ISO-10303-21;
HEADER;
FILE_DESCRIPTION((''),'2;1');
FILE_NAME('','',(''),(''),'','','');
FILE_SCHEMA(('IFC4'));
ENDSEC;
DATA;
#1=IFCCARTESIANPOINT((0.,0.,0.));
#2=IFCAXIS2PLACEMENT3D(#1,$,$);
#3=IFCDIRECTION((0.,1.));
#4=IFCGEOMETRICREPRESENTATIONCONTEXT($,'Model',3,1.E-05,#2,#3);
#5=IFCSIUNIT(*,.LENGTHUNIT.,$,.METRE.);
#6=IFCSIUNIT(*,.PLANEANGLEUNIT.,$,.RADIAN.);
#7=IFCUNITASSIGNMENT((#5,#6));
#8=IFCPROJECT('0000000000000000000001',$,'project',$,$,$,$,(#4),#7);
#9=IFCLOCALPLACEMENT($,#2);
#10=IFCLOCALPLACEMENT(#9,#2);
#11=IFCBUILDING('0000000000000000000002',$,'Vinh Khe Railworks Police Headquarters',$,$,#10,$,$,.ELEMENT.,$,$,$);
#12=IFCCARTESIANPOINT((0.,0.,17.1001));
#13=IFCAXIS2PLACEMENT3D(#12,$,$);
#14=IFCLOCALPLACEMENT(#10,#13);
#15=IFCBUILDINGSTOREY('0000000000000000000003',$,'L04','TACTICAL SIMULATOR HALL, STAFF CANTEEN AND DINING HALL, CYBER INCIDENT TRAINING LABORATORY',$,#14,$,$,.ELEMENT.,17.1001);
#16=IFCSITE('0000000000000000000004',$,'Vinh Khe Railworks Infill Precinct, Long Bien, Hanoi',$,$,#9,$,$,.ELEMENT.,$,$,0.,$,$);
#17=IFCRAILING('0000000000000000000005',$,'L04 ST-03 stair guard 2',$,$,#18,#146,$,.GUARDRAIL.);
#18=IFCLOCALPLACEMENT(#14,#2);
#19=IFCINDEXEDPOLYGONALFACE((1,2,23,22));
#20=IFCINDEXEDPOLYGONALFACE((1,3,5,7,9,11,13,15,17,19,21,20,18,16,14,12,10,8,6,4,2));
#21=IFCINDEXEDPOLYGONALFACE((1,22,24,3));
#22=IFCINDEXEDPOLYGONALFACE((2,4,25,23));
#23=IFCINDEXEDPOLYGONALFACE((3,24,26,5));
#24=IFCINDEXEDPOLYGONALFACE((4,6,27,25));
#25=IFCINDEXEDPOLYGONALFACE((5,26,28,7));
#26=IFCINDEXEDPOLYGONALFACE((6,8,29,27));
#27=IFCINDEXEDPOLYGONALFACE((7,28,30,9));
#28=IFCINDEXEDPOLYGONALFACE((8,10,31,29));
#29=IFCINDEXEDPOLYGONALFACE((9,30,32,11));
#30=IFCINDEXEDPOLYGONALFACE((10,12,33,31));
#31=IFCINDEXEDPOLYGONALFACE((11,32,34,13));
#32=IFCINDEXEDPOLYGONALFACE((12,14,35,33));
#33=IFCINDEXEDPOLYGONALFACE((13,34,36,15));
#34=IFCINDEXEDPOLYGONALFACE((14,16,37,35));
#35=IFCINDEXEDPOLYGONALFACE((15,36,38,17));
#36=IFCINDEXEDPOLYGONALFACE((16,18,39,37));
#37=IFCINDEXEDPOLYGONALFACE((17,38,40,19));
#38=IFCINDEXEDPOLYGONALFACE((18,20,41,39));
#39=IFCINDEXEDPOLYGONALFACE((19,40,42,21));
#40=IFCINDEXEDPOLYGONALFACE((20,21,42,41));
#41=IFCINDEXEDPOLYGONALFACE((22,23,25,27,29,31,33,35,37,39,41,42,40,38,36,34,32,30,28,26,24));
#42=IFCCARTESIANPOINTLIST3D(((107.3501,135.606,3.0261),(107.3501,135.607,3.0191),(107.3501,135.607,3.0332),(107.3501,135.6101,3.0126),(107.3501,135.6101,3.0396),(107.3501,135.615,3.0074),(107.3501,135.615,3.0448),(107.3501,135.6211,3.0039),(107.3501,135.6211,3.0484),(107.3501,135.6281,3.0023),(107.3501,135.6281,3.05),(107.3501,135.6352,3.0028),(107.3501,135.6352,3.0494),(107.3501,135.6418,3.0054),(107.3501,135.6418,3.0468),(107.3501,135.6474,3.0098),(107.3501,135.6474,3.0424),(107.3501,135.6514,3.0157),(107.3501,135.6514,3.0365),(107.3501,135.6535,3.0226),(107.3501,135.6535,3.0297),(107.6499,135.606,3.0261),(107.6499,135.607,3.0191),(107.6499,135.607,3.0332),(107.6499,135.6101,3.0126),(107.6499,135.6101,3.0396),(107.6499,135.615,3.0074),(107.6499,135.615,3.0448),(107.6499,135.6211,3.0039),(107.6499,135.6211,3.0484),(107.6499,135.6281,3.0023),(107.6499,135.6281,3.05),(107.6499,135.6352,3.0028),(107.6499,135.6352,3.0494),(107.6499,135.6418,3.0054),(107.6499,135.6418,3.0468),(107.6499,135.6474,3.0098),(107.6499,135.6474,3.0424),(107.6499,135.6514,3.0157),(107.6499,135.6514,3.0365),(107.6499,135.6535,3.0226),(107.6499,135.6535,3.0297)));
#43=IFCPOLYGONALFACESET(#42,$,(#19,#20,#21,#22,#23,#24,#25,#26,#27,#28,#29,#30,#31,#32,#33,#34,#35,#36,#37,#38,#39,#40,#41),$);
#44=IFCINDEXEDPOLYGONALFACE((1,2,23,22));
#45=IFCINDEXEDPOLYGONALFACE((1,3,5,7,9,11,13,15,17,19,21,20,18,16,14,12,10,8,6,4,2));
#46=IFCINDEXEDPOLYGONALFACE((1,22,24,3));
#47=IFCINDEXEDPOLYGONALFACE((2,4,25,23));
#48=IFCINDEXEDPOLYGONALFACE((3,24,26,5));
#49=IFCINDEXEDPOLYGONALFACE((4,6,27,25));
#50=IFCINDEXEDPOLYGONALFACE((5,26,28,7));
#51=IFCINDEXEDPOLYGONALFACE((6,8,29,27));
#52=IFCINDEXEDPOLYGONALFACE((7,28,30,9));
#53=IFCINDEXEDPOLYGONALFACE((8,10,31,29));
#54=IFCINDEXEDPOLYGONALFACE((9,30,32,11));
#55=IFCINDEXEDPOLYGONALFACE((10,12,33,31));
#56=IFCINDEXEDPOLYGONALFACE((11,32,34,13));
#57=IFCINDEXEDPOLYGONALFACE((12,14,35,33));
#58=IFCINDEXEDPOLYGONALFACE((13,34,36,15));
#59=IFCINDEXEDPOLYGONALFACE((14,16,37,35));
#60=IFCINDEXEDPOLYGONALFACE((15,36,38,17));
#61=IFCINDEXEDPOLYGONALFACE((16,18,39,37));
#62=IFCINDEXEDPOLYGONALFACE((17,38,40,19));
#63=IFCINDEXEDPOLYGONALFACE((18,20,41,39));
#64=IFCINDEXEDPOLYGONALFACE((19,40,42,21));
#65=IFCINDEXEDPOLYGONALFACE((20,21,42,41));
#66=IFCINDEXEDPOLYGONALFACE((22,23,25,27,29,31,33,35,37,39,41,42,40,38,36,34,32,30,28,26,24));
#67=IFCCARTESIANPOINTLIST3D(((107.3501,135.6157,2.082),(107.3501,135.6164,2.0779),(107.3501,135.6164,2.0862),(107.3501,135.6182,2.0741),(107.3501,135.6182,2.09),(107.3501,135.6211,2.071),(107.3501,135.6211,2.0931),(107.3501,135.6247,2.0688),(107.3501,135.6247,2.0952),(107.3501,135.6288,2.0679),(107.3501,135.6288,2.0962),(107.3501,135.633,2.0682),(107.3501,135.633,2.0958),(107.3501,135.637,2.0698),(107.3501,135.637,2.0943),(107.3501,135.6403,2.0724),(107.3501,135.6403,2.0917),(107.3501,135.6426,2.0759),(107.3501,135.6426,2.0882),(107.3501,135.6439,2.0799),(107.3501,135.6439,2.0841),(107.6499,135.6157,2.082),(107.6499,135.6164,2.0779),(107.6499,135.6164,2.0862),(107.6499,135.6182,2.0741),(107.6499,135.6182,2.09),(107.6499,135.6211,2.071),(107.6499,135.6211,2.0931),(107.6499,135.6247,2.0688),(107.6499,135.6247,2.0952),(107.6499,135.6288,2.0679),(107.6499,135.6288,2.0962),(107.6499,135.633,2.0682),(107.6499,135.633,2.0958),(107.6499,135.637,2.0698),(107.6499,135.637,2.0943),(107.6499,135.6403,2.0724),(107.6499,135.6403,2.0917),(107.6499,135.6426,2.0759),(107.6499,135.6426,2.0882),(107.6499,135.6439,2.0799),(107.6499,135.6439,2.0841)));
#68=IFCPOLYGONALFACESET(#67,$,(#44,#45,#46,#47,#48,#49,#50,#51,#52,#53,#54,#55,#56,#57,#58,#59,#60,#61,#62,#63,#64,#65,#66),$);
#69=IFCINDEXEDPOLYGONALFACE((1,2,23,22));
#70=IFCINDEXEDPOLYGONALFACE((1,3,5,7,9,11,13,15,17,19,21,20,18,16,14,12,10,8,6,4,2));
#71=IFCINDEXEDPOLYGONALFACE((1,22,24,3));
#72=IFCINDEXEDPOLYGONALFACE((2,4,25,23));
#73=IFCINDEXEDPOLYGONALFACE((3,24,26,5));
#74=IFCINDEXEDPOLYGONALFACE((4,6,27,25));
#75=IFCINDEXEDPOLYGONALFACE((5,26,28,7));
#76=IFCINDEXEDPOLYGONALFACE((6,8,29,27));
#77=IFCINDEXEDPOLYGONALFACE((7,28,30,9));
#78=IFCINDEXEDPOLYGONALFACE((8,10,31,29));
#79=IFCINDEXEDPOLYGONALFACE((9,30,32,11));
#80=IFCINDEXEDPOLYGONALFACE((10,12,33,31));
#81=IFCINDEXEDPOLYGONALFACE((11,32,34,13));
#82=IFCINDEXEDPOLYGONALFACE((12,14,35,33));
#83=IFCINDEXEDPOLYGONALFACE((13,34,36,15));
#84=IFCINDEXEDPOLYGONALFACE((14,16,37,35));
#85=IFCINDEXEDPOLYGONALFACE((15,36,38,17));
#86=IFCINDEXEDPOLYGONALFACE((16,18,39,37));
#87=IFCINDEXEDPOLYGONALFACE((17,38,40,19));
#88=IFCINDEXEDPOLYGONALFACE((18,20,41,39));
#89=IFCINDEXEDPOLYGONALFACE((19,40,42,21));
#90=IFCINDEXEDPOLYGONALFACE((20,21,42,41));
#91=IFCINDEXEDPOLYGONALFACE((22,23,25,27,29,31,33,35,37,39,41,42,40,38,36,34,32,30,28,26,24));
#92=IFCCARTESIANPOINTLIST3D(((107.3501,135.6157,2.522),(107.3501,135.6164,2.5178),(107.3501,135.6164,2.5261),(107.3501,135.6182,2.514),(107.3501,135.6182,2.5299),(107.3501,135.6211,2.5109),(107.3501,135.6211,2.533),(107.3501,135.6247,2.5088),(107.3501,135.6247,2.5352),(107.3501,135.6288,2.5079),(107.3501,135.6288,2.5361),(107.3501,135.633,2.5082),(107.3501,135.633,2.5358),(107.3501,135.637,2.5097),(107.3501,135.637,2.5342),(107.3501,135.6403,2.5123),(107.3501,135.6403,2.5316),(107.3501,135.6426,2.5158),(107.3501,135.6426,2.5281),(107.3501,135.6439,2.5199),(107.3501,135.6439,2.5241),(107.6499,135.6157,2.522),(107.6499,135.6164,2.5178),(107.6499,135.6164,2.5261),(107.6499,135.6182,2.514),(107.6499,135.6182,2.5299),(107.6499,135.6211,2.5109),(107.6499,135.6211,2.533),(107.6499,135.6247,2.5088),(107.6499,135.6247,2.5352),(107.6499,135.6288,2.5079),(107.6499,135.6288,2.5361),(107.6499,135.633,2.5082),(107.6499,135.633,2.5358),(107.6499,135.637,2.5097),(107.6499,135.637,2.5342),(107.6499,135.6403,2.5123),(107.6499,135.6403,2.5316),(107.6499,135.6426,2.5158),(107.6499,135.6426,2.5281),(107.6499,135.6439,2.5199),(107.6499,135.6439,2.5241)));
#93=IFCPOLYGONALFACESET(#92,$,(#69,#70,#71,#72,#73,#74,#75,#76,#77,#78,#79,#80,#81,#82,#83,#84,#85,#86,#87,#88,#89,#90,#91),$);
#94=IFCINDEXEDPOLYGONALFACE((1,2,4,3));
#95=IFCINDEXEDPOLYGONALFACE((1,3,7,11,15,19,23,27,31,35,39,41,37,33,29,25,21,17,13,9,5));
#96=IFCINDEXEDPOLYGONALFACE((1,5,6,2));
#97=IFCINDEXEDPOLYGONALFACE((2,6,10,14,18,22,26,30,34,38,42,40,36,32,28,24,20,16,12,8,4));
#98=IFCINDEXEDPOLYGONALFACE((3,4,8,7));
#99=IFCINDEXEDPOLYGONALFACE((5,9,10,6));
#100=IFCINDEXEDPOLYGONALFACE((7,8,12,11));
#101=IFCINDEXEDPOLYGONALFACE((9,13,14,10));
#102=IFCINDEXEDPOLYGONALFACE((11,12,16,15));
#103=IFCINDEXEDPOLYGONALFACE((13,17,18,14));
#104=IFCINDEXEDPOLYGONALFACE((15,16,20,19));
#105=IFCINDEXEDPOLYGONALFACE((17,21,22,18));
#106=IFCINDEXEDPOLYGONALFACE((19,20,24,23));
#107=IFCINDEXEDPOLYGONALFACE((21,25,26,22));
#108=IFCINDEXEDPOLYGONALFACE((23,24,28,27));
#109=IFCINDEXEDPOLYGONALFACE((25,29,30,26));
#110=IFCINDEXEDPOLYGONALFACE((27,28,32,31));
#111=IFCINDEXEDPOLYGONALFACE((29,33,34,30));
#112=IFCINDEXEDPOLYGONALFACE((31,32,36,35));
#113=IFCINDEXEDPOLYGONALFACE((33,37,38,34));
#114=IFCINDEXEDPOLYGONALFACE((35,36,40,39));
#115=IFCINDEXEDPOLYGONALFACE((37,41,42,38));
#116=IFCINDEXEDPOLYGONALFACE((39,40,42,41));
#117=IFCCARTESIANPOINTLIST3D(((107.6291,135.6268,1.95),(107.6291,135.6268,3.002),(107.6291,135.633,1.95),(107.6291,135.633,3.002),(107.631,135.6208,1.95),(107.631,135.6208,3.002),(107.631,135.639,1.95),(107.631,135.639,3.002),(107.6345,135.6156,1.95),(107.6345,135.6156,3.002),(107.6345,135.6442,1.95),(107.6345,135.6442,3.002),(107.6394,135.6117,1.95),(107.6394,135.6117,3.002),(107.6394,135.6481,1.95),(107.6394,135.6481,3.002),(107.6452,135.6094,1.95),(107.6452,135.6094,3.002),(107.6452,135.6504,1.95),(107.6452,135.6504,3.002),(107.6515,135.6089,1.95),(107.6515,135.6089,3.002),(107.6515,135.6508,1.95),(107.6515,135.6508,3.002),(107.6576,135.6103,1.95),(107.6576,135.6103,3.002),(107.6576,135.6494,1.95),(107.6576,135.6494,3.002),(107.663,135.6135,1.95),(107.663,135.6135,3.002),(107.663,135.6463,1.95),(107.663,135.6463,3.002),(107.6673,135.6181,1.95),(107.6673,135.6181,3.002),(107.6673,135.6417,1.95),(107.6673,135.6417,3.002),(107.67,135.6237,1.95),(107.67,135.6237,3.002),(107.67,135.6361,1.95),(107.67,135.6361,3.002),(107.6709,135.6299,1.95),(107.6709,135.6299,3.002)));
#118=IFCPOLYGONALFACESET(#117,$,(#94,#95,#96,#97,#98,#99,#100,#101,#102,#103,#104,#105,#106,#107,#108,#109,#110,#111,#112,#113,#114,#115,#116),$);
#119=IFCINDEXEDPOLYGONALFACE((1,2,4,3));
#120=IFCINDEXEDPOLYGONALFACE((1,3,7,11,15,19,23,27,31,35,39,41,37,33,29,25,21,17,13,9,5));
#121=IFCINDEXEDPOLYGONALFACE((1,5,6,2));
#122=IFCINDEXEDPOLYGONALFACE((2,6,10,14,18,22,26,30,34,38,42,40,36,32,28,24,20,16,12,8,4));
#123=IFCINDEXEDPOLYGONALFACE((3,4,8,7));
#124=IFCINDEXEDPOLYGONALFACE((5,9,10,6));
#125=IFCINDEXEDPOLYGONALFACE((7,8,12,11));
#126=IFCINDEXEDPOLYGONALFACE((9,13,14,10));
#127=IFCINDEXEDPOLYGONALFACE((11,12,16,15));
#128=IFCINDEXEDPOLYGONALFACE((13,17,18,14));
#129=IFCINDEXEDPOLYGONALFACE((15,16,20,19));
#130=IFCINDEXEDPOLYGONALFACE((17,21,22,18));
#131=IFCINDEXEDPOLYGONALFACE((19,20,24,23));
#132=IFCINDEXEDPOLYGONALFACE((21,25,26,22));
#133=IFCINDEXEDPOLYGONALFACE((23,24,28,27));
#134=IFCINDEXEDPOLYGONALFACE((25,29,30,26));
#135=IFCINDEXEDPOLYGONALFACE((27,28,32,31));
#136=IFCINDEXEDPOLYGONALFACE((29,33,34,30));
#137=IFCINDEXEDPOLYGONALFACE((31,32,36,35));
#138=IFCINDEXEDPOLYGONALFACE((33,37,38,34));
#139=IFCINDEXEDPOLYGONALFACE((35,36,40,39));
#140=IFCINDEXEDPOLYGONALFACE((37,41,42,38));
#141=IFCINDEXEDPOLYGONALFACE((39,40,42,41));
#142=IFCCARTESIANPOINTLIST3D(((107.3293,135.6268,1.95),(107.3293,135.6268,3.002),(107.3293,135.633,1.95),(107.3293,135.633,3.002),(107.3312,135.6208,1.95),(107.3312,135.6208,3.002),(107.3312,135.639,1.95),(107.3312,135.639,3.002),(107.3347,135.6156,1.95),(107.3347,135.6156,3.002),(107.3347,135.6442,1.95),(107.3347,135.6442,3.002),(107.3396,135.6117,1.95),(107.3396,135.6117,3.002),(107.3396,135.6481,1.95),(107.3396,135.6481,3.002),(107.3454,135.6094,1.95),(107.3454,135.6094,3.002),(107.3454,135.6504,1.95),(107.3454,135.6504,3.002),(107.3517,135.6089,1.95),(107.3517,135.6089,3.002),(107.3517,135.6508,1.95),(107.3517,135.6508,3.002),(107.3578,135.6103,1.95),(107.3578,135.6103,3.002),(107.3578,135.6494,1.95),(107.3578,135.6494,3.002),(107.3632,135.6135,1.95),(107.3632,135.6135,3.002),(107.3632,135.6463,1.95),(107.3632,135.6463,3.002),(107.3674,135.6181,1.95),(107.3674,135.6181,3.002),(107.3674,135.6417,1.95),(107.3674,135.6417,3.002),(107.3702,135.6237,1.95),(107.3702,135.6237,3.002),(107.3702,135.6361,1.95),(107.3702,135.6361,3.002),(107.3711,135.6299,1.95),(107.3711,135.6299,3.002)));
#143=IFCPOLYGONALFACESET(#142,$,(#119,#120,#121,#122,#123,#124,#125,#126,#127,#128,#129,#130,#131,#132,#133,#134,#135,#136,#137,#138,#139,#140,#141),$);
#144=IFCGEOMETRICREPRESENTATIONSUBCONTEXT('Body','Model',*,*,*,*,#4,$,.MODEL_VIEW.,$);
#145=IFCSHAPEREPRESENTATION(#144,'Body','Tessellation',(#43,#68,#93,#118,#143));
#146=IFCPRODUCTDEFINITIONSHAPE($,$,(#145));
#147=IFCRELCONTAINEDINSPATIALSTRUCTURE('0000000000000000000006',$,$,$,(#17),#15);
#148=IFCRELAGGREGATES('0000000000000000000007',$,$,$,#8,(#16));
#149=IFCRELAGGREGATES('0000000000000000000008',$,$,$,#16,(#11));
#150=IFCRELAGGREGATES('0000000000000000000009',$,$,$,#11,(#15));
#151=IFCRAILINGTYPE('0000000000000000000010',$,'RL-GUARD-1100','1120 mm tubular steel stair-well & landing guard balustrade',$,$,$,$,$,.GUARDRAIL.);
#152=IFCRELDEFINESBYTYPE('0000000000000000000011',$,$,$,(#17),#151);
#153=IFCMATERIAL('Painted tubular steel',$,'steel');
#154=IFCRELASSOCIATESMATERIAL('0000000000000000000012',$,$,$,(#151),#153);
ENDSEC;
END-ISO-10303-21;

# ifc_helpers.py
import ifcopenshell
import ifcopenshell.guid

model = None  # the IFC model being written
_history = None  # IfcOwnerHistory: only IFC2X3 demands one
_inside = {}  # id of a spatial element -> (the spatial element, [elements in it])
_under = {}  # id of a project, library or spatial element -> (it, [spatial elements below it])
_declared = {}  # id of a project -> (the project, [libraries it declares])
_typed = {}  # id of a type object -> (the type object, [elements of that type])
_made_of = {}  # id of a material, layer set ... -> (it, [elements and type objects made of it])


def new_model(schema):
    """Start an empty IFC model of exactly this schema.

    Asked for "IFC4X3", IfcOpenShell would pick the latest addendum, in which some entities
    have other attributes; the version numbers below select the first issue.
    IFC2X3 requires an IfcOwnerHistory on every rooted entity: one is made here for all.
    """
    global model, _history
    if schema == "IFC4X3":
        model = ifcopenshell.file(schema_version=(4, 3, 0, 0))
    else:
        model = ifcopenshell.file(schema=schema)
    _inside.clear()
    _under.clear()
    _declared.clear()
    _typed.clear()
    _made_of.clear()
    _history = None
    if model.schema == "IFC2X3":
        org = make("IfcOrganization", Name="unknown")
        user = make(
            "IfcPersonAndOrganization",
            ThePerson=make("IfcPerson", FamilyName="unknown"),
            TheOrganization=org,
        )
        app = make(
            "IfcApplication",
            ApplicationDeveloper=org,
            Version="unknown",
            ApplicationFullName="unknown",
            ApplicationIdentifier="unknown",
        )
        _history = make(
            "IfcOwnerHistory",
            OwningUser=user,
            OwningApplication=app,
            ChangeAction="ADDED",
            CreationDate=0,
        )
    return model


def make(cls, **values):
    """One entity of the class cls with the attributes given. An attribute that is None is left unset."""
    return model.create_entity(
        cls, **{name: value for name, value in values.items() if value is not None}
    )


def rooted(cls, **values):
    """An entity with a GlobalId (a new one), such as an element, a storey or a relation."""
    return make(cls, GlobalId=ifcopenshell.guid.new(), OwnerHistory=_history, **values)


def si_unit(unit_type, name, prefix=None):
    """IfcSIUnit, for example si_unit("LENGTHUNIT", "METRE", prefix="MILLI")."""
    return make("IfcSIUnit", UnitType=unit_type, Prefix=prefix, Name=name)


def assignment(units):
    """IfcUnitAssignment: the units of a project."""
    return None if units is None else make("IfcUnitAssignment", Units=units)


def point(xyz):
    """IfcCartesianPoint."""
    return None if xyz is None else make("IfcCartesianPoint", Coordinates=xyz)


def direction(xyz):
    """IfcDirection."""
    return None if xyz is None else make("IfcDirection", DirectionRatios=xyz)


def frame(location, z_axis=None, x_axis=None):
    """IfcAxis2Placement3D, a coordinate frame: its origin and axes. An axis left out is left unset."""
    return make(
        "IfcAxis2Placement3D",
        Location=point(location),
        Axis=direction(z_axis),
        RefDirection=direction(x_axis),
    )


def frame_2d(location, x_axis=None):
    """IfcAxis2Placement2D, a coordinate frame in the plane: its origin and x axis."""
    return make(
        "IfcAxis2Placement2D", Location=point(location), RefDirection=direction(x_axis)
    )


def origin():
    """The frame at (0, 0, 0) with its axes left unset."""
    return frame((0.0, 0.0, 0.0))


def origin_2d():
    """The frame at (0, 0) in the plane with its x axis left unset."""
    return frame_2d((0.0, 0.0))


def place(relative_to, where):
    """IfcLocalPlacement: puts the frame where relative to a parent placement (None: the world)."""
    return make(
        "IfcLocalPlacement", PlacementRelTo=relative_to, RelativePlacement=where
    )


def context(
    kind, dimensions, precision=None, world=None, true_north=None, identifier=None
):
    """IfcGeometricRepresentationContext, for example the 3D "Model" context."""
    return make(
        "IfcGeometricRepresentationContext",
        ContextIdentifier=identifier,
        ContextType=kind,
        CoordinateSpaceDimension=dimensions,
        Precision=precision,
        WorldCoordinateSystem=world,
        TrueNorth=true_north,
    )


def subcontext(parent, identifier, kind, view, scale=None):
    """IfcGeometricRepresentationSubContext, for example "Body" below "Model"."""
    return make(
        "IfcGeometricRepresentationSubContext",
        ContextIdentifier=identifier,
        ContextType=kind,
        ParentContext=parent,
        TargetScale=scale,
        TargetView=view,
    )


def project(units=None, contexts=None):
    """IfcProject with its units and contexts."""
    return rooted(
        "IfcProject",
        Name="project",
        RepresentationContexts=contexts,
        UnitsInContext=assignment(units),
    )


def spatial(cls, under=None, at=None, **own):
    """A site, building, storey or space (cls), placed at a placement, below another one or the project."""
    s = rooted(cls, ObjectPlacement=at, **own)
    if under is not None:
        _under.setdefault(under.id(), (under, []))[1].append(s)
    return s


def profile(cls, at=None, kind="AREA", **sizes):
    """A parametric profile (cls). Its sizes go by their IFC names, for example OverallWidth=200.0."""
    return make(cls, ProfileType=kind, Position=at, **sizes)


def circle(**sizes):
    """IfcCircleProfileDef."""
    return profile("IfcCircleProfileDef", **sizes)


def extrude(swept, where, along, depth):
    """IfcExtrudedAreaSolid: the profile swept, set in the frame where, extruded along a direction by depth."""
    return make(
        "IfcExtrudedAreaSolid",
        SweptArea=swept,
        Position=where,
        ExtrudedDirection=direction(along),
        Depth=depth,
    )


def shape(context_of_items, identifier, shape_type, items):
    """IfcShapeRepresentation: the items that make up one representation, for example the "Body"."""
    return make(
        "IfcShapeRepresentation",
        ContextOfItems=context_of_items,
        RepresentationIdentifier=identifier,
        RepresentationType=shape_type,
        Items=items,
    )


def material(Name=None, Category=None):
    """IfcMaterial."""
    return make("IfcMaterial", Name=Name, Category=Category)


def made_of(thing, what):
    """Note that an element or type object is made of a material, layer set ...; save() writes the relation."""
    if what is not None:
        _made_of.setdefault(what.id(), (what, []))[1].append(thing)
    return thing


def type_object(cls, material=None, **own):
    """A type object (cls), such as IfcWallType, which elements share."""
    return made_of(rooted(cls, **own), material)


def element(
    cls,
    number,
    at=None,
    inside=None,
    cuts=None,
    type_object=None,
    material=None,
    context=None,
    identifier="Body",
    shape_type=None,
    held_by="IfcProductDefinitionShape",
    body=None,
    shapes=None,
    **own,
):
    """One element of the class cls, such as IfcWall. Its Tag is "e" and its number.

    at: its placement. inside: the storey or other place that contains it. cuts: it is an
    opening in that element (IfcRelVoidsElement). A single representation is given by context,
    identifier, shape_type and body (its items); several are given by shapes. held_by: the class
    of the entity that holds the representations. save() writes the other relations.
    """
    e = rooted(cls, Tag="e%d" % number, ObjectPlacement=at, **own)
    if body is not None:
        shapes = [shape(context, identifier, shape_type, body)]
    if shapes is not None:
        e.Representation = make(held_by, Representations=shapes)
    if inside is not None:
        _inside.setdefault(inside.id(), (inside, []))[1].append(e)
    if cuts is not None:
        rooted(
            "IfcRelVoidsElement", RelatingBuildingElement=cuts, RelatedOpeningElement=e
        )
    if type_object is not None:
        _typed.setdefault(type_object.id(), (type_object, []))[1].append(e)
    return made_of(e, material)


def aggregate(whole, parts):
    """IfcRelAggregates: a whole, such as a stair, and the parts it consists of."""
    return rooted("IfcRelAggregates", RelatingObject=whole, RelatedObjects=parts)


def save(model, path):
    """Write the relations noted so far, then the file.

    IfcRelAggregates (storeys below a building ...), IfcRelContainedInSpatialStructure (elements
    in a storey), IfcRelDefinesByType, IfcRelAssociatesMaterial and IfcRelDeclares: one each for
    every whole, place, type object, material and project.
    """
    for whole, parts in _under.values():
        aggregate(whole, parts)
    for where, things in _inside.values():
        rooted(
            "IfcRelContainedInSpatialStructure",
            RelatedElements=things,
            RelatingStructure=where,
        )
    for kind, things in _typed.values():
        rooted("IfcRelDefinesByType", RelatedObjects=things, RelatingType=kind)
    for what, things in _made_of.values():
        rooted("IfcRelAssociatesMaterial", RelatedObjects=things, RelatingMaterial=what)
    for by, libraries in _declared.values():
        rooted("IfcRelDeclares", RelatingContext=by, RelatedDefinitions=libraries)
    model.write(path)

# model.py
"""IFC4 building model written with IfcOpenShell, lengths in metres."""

from ifc_helpers import new_model, si_unit, direction, frame, origin, origin_2d, place, context, subcontext, project, spatial, circle, extrude, material, type_object, element, save


model = new_model("IFC4")

# Units and contexts
model_context = context("Model", 3, precision=1e-05, world=origin(), true_north=direction((0.0, 1.0)))
body_context = subcontext(model_context, "Body", "Model", "MODEL_VIEW")
ifc_project = project(units=[si_unit("LENGTHUNIT", "METRE"), si_unit("PLANEANGLEUNIT", "RADIAN")], contexts=[model_context])

# Site, building, storey
site_placement = place(None, origin())
site = spatial("IfcSite", under=ifc_project, at=site_placement, Name="Vinh Khe Railworks Infill Precinct, Long Bien, Hanoi", CompositionType="ELEMENT", RefElevation=0.0)
building_placement = place(site_placement, origin())
building = spatial("IfcBuilding", under=site, at=building_placement, Name="Vinh Khe Railworks Police Headquarters", CompositionType="ELEMENT")
storey_placement = place(building_placement, frame((0.0, 0.0, 17.1001)))
storey = spatial("IfcBuildingStorey", under=building, at=storey_placement, Name="L04", Description="TACTICAL SIMULATOR HALL, STAFF CANTEEN AND DINING HALL, CYBER INCIDENT TRAINING LABORATORY", CompositionType="ELEMENT", Elevation=17.1001)

# Railing
ifc_material_1 = material(Name="Painted tubular steel", Category="steel")
railing_type_1 = type_object("IfcRailingType", Name="RL-GUARD-1100", Description="1120 mm tubular steel stair-well & landing guard balustrade", PredefinedType="GUARDRAIL", material=ifc_material_1)
railing_1_placement = place(storey_placement, frame((107.6499, 135.6299, 1.95)))
element("IfcRailing", 1, at=railing_1_placement, inside=storey, type_object=railing_type_1, Name="L04 ST-03 stair guard 2", PredefinedType="GUARDRAIL", context=body_context, shape_type="SweptSolid", body=[
    extrude(circle(Radius=0.0239, at=origin_2d()), frame((0.0, 0.0, 1.0762), z_axis=(-1.0, 0.0, 0.0), x_axis=(0.0, -1.0, 0.0)), (0.0, 0.0, 1.0), 0.2998),
    extrude(circle(Radius=0.0142, at=origin_2d()), frame((0.0, 0.0, 0.1321), z_axis=(-1.0, 0.0, 0.0), x_axis=(0.0, -1.0, 0.0)), (0.0, 0.0, 1.0), 0.2998),
    extrude(circle(Radius=0.0142, at=origin_2d()), frame((0.0, 0.0, 0.572), z_axis=(-1.0, 0.0, 0.0), x_axis=(0.0, -1.0, 0.0)), (0.0, 0.0, 1.0), 0.2998),
    extrude(circle(Radius=0.021, at=origin_2d()), origin(), (0.0, 0.0, 1.0), 1.052),
    extrude(circle(Radius=0.021, at=origin_2d()), frame((-0.2998, 0.0, 0.0)), (0.0, 0.0, 1.0), 1.052),
])

save(model, "model.ifc")
